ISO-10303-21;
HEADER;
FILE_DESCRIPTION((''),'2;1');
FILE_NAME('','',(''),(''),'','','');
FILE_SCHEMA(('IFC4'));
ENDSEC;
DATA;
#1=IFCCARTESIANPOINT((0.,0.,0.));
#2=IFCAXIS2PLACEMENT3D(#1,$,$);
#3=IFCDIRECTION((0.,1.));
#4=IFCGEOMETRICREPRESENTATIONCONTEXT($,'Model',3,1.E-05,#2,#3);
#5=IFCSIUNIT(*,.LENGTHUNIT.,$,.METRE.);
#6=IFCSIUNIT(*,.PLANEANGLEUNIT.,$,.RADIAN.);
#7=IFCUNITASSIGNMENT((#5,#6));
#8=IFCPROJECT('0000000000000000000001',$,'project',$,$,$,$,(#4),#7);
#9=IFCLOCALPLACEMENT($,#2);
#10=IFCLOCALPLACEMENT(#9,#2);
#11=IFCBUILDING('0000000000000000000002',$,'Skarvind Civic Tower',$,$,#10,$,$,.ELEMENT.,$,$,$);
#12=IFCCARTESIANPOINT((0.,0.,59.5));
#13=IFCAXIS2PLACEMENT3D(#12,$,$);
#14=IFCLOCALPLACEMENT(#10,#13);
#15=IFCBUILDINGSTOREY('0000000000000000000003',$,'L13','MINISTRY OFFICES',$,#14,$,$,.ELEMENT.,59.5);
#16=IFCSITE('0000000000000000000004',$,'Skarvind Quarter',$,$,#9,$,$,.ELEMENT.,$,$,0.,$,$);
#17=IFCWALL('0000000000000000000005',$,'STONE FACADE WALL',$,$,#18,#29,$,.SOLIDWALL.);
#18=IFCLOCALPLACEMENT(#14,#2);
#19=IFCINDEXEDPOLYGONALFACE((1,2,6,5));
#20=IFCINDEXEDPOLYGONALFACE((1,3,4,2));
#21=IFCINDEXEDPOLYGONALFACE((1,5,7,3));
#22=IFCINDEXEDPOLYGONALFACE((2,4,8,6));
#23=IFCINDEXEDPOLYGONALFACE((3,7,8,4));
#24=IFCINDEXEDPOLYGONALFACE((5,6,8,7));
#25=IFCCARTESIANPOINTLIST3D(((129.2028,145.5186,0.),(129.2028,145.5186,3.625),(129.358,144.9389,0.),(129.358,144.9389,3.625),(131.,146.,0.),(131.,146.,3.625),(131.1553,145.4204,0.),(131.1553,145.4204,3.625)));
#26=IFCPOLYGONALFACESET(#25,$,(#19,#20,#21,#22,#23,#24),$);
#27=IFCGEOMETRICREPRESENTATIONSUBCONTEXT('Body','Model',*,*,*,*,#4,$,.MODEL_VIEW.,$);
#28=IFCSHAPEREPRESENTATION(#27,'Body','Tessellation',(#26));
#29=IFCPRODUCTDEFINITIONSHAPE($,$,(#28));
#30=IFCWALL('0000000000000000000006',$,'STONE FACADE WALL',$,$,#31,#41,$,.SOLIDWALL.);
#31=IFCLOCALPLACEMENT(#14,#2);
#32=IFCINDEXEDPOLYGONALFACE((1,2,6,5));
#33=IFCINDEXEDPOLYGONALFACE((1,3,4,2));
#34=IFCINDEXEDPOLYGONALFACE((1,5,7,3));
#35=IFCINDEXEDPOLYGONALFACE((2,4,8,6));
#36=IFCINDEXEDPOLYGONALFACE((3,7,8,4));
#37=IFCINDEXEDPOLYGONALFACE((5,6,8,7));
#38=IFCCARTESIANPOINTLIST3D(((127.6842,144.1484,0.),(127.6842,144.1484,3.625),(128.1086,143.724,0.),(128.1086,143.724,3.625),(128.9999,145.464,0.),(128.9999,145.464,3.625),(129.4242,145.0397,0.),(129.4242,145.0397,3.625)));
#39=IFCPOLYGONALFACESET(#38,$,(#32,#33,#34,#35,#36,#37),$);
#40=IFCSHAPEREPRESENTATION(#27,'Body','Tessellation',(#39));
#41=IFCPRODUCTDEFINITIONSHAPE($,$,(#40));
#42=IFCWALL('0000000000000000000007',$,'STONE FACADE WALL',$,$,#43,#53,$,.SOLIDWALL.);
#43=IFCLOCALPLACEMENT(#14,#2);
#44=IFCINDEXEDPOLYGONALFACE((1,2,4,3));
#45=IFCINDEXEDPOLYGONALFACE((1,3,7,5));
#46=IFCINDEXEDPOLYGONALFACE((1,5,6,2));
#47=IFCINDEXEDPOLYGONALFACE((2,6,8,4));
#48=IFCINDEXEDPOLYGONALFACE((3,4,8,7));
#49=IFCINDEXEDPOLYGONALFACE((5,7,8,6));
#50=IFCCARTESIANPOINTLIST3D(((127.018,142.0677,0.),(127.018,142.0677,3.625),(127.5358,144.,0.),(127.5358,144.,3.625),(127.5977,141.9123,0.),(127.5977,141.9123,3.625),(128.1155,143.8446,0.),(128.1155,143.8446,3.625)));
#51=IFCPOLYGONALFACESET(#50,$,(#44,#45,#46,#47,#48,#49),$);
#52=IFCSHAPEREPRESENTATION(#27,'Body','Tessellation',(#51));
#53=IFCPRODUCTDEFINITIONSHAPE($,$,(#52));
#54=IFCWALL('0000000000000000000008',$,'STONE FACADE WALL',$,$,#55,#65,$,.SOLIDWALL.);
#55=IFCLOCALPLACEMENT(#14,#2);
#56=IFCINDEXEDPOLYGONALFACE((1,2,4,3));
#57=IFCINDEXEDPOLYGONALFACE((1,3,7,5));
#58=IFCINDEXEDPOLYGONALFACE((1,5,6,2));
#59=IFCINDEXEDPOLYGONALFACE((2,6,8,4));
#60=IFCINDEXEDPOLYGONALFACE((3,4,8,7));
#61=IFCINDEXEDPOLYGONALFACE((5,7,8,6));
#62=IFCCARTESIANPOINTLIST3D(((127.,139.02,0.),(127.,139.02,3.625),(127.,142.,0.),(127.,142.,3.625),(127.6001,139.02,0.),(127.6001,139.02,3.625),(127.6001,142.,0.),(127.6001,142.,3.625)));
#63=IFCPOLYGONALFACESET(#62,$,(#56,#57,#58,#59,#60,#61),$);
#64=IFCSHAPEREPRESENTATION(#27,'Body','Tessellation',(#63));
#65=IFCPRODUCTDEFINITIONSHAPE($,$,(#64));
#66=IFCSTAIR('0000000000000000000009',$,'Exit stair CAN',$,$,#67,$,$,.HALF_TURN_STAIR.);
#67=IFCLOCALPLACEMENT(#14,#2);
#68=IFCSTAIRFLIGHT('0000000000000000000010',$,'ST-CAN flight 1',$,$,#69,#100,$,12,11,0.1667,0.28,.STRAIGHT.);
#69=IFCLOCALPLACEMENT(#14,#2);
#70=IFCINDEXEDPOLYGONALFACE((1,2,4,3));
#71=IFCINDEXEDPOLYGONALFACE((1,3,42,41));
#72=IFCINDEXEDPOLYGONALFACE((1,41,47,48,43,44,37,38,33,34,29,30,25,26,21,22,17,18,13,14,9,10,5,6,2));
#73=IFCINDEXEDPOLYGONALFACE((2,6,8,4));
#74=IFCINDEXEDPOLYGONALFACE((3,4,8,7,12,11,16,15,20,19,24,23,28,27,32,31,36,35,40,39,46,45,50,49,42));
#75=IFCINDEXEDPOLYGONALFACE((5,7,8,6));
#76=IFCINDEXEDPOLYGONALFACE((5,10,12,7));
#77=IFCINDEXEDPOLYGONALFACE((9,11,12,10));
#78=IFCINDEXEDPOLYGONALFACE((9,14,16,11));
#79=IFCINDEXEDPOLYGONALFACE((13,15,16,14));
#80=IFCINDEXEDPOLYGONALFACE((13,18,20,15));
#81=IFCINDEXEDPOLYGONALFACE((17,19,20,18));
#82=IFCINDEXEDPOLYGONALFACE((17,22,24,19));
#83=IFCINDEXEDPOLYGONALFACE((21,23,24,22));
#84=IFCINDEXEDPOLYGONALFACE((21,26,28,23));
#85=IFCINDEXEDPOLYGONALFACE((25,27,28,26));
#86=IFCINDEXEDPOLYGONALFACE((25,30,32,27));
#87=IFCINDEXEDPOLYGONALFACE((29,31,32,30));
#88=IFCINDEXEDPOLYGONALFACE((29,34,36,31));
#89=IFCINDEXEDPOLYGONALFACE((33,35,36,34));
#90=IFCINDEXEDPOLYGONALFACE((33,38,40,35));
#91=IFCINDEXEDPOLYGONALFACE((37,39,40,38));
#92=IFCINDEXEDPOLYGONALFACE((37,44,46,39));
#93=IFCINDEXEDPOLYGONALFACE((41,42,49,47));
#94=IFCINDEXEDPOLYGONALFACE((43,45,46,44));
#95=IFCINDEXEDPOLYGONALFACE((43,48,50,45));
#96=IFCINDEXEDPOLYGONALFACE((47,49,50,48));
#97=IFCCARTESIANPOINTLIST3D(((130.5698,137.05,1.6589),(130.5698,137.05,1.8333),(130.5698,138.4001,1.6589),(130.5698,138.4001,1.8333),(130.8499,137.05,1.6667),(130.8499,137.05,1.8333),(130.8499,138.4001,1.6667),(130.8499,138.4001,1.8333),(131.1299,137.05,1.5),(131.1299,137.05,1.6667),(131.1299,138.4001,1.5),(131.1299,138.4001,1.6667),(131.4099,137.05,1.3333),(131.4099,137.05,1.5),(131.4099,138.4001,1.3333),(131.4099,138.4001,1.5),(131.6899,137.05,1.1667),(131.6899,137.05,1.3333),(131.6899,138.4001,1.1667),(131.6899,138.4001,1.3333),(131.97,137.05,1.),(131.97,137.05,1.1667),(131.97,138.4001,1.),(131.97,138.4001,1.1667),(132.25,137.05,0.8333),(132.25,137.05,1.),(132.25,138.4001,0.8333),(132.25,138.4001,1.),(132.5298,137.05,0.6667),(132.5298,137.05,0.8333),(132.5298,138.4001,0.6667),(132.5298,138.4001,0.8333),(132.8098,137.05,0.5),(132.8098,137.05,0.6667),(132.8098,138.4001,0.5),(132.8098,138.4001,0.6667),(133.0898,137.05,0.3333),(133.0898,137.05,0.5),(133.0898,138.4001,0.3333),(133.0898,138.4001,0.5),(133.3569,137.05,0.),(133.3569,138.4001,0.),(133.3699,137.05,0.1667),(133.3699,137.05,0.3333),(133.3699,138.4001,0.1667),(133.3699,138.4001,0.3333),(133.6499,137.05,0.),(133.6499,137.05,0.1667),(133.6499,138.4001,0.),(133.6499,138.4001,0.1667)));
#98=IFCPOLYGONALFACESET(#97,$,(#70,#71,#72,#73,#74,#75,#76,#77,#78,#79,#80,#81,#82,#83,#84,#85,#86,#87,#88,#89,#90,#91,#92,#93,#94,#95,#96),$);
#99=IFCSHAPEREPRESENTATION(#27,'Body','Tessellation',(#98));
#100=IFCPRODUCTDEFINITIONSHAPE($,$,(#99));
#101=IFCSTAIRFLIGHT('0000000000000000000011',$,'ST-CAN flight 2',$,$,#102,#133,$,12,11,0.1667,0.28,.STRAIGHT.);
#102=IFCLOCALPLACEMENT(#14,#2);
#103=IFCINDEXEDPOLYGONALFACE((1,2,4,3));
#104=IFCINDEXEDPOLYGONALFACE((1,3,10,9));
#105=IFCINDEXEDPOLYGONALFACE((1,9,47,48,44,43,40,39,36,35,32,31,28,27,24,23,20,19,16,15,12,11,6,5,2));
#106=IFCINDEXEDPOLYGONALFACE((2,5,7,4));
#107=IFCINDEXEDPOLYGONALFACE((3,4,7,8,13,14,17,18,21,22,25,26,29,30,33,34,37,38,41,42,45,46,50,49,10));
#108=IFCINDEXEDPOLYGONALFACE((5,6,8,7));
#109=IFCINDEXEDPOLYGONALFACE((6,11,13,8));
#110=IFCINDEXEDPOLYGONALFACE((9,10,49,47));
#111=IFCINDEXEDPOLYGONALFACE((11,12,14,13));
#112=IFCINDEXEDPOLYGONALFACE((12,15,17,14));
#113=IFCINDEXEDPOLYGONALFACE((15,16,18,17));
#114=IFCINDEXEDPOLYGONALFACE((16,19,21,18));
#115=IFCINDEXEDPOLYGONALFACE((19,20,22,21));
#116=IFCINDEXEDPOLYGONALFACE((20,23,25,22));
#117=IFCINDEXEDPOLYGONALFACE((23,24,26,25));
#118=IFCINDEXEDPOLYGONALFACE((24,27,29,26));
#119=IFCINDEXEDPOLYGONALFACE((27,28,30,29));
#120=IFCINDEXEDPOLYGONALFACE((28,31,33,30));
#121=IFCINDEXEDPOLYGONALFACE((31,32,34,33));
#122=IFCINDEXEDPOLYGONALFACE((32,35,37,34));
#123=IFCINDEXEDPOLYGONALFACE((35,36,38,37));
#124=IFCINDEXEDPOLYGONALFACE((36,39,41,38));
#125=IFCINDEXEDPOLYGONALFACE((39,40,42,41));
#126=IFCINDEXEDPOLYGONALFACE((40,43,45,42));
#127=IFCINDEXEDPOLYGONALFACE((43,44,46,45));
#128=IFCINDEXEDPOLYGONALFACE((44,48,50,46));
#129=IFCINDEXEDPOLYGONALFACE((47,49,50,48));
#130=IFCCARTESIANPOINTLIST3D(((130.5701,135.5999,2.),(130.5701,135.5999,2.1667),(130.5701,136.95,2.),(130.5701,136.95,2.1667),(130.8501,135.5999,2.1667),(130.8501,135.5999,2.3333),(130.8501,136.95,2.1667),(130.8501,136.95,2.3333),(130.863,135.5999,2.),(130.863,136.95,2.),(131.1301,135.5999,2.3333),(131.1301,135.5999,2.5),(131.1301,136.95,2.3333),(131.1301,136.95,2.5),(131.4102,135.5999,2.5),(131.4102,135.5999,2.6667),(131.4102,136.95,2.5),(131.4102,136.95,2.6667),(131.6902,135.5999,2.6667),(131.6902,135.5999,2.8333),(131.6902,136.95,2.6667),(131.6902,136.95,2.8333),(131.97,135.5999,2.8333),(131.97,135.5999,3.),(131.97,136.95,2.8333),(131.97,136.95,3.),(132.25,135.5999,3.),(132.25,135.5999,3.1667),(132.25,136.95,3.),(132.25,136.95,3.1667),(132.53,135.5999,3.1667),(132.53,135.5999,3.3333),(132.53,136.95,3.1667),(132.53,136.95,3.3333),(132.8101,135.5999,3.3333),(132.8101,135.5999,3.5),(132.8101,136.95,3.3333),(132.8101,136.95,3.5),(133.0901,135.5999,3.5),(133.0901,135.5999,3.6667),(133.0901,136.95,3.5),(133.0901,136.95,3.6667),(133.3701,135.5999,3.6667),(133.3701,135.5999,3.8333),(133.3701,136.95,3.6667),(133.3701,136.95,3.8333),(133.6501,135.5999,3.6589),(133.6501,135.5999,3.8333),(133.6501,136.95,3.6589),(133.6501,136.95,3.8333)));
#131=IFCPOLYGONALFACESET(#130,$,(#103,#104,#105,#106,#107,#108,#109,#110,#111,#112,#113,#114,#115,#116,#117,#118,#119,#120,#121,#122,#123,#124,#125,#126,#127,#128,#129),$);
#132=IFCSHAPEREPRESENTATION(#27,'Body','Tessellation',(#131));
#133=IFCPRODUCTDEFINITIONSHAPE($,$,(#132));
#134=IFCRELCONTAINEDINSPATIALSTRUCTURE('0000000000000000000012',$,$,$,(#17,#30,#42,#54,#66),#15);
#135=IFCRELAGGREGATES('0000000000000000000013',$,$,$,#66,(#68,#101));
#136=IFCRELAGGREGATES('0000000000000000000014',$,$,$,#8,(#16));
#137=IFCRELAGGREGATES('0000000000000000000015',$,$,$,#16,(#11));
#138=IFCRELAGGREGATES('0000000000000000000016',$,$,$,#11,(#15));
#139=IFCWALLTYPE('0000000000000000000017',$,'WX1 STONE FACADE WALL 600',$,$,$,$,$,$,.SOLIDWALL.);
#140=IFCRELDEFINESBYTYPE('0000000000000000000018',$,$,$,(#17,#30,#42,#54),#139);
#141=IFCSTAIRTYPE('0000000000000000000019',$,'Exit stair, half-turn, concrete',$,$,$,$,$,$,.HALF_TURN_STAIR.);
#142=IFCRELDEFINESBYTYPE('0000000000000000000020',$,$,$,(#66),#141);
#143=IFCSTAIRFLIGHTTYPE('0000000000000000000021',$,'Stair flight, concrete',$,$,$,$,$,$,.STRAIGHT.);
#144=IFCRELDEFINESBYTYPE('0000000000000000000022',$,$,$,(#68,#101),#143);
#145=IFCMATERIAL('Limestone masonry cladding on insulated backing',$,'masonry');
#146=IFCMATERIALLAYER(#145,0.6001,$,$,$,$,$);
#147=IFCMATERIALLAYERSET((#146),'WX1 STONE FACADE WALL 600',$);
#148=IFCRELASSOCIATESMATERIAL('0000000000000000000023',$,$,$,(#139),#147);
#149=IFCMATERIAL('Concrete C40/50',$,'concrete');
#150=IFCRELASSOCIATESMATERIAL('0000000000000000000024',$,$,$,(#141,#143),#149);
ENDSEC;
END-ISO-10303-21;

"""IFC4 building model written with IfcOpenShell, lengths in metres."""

from ifc_helpers import new_model, si_unit, direction, frame, frame_2d, origin, place, context, subcontext, project, spatial, polyline, rectangle, outline, extrude, material, layer, layer_set, type_object, element, aggregate, save


model = new_model("IFC4")

# Units and contexts
model_context = context("Model", 3, precision=1e-05, world=origin(), true_north=direction((0.0, 1.0)))
body_context = subcontext(model_context, "Body", "Model", "MODEL_VIEW")
ifc_project = project(units=[si_unit("LENGTHUNIT", "METRE"), si_unit("PLANEANGLEUNIT", "RADIAN")], contexts=[model_context])

# Site, building, storey
site_placement = place(None, origin())
site = spatial("IfcSite", under=ifc_project, at=site_placement, Name="Skarvind Quarter", CompositionType="ELEMENT", RefElevation=0.0)
building_placement = place(site_placement, origin())
building = spatial("IfcBuilding", under=site, at=building_placement, Name="Skarvind Civic Tower", CompositionType="ELEMENT")
storey_placement = place(building_placement, frame((0.0, 0.0, 59.5)))
storey = spatial("IfcBuildingStorey", under=building, at=storey_placement, Name="L13", Description="MINISTRY OFFICES", CompositionType="ELEMENT", Elevation=59.5)

# Shared definitions
ifc_material_1 = material(Name="Limestone masonry cladding on insulated backing", Category="masonry")
ifc_layer_1 = layer(ifc_material_1, 0.6001)
ifc_layer_set_1 = layer_set([ifc_layer_1], Name="WX1 STONE FACADE WALL 600")
wall_type_1 = type_object("IfcWallType", Name="WX1 STONE FACADE WALL 600", PredefinedType="SOLIDWALL", material=ifc_layer_set_1)

# Walls
for number, where, z_axis, x_axis, name in (
    (1, (129.2805, 145.2288, 0.0), (0.0, 0.0, 1.0), (0.965938, 0.258773, 0.0), "STONE FACADE WALL"),
    (2, (127.8965, 143.9363, 0.0), (0.0, 0.0, 1.0), (0.707107, 0.707107, 0.0), "STONE FACADE WALL"),
):
    element("IfcWall", number, at=place(storey_placement, frame(where, z_axis=z_axis, x_axis=x_axis)), inside=storey, type_object=wall_type_1, Name=name, PredefinedType="SOLIDWALL", context=body_context, shape_type="SweptSolid", body=[
        extrude(rectangle(XDim=1.8606, YDim=0.6001, at=frame_2d((0.9302, 0.0))), origin(), (0.0, 0.0, 1.0), 3.625),
    ])
wall_1_placement = place(storey_placement, frame((127.3079, 141.99, 0.0), z_axis=(0.0, 0.0, 1.0), x_axis=(0.25884, 0.96592, 0.0)))
element("IfcWall", 3, at=wall_1_placement, inside=storey, type_object=wall_type_1, Name="STONE FACADE WALL", PredefinedType="SOLIDWALL", context=body_context, shape_type="SweptSolid", body=[
    extrude(rectangle(XDim=2.0005, YDim=0.6001, at=frame_2d((1.0002, 0.0))), origin(), (0.0, 0.0, 1.0), 3.625),
])
wall_2_placement = place(storey_placement, frame((127.3, 139.02, 0.0), z_axis=(0.0, 0.0, 1.0), x_axis=(0.0, 1.0, 0.0)))
element("IfcWall", 4, at=wall_2_placement, inside=storey, type_object=wall_type_1, Name="STONE FACADE WALL", PredefinedType="SOLIDWALL", context=body_context, shape_type="SweptSolid", body=[
    extrude(rectangle(XDim=2.98, YDim=0.6001, at=frame_2d((1.49, 0.0))), origin(), (0.0, 0.0, 1.0), 3.625),
])

# Stair, stair flights
ifc_material_2 = material(Name="Concrete C40/50", Category="concrete")
stair_type = type_object("IfcStairType", Name="Exit stair, half-turn, concrete", PredefinedType="HALF_TURN_STAIR", material=ifc_material_2)
stair_placement = place(storey_placement, origin())
stair = element("IfcStair", 5, at=stair_placement, inside=storey, type_object=stair_type, Name="Exit stair CAN", PredefinedType="HALF_TURN_STAIR")
stair_flight_type = type_object("IfcStairFlightType", Name="Stair flight, concrete", PredefinedType="STRAIGHT", material=ifc_material_2)
stair_flight_1_placement = place(storey_placement, frame((133.6499, 137.7251, 0.0), z_axis=(0.0, 0.0, 1.0), x_axis=(-1.0, 0.0, 0.0)))
stair_flight_1 = element("IfcStairFlight", 6, at=stair_flight_1_placement, type_object=stair_flight_type, Name="ST-CAN flight 1", NumberOfRisers=12, NumberOfTreads=11, PredefinedType="STRAIGHT", RiserHeight=0.1667, TreadLength=0.28, context=body_context, shape_type="SweptSolid", body=[
    extrude(outline(polyline([(0.0, 0.0), (0.0, 0.1667), (0.28, 0.1667), (0.28, 0.3333), (0.5601, 0.3333), (0.5601, 0.5), (0.8401, 0.5), (0.8401, 0.6667), (1.1201, 0.6667), (1.1201, 0.8333), (1.3999, 0.8333), (1.3999, 1.0), (1.6799, 1.0), (1.6799, 1.1667), (1.96, 1.1667), (1.96, 1.3333), (2.24, 1.3333), (2.24, 1.5), (2.52, 1.5), (2.52, 1.6667), (2.8, 1.6667), (2.8, 1.8333), (3.0801, 1.8333), (3.0801, 2.0), (3.0801, 1.6589), (0.293, 0.0), (0.0, 0.0)])), frame((0.0, 0.675, 0.0), z_axis=(0.0, -1.0, 0.0), x_axis=(1.0, 0.0, 0.0)), (0.0, 0.0, 1.0), 1.3501),
])
stair_flight_2_placement = place(storey_placement, frame((130.5701, 136.2749, 2.0), z_axis=(0.0, 0.0, 1.0), x_axis=(1.0, 0.0, 0.0)))
stair_flight_2 = element("IfcStairFlight", 7, at=stair_flight_2_placement, type_object=stair_flight_type, Name="ST-CAN flight 2", NumberOfRisers=12, NumberOfTreads=11, PredefinedType="STRAIGHT", RiserHeight=0.1667, TreadLength=0.28, context=body_context, shape_type="SweptSolid", body=[
    extrude(outline(polyline([(0.0, 0.0), (0.0, 0.1667), (0.28, 0.1667), (0.28, 0.3333), (0.5601, 0.3333), (0.5601, 0.5), (0.8401, 0.5), (0.8401, 0.6667), (1.1201, 0.6667), (1.1201, 0.8333), (1.3999, 0.8333), (1.3999, 1.0), (1.6799, 1.0), (1.6799, 1.1667), (1.96, 1.1667), (1.96, 1.3333), (2.24, 1.3333), (2.24, 1.5), (2.52, 1.5), (2.52, 1.6667), (2.8, 1.6667), (2.8, 1.8333), (3.0801, 1.8333), (3.0801, 2.0), (3.0801, 1.6589), (0.293, 0.0), (0.0, 0.0)])), frame((0.0, 0.675, 0.0), z_axis=(0.0, -1.0, 0.0), x_axis=(1.0, 0.0, 0.0)), (0.0, 0.0, 1.0), 1.3501),
])
aggregate(stair, [stair_flight_1, stair_flight_2])

save(model, "model.ifc")
